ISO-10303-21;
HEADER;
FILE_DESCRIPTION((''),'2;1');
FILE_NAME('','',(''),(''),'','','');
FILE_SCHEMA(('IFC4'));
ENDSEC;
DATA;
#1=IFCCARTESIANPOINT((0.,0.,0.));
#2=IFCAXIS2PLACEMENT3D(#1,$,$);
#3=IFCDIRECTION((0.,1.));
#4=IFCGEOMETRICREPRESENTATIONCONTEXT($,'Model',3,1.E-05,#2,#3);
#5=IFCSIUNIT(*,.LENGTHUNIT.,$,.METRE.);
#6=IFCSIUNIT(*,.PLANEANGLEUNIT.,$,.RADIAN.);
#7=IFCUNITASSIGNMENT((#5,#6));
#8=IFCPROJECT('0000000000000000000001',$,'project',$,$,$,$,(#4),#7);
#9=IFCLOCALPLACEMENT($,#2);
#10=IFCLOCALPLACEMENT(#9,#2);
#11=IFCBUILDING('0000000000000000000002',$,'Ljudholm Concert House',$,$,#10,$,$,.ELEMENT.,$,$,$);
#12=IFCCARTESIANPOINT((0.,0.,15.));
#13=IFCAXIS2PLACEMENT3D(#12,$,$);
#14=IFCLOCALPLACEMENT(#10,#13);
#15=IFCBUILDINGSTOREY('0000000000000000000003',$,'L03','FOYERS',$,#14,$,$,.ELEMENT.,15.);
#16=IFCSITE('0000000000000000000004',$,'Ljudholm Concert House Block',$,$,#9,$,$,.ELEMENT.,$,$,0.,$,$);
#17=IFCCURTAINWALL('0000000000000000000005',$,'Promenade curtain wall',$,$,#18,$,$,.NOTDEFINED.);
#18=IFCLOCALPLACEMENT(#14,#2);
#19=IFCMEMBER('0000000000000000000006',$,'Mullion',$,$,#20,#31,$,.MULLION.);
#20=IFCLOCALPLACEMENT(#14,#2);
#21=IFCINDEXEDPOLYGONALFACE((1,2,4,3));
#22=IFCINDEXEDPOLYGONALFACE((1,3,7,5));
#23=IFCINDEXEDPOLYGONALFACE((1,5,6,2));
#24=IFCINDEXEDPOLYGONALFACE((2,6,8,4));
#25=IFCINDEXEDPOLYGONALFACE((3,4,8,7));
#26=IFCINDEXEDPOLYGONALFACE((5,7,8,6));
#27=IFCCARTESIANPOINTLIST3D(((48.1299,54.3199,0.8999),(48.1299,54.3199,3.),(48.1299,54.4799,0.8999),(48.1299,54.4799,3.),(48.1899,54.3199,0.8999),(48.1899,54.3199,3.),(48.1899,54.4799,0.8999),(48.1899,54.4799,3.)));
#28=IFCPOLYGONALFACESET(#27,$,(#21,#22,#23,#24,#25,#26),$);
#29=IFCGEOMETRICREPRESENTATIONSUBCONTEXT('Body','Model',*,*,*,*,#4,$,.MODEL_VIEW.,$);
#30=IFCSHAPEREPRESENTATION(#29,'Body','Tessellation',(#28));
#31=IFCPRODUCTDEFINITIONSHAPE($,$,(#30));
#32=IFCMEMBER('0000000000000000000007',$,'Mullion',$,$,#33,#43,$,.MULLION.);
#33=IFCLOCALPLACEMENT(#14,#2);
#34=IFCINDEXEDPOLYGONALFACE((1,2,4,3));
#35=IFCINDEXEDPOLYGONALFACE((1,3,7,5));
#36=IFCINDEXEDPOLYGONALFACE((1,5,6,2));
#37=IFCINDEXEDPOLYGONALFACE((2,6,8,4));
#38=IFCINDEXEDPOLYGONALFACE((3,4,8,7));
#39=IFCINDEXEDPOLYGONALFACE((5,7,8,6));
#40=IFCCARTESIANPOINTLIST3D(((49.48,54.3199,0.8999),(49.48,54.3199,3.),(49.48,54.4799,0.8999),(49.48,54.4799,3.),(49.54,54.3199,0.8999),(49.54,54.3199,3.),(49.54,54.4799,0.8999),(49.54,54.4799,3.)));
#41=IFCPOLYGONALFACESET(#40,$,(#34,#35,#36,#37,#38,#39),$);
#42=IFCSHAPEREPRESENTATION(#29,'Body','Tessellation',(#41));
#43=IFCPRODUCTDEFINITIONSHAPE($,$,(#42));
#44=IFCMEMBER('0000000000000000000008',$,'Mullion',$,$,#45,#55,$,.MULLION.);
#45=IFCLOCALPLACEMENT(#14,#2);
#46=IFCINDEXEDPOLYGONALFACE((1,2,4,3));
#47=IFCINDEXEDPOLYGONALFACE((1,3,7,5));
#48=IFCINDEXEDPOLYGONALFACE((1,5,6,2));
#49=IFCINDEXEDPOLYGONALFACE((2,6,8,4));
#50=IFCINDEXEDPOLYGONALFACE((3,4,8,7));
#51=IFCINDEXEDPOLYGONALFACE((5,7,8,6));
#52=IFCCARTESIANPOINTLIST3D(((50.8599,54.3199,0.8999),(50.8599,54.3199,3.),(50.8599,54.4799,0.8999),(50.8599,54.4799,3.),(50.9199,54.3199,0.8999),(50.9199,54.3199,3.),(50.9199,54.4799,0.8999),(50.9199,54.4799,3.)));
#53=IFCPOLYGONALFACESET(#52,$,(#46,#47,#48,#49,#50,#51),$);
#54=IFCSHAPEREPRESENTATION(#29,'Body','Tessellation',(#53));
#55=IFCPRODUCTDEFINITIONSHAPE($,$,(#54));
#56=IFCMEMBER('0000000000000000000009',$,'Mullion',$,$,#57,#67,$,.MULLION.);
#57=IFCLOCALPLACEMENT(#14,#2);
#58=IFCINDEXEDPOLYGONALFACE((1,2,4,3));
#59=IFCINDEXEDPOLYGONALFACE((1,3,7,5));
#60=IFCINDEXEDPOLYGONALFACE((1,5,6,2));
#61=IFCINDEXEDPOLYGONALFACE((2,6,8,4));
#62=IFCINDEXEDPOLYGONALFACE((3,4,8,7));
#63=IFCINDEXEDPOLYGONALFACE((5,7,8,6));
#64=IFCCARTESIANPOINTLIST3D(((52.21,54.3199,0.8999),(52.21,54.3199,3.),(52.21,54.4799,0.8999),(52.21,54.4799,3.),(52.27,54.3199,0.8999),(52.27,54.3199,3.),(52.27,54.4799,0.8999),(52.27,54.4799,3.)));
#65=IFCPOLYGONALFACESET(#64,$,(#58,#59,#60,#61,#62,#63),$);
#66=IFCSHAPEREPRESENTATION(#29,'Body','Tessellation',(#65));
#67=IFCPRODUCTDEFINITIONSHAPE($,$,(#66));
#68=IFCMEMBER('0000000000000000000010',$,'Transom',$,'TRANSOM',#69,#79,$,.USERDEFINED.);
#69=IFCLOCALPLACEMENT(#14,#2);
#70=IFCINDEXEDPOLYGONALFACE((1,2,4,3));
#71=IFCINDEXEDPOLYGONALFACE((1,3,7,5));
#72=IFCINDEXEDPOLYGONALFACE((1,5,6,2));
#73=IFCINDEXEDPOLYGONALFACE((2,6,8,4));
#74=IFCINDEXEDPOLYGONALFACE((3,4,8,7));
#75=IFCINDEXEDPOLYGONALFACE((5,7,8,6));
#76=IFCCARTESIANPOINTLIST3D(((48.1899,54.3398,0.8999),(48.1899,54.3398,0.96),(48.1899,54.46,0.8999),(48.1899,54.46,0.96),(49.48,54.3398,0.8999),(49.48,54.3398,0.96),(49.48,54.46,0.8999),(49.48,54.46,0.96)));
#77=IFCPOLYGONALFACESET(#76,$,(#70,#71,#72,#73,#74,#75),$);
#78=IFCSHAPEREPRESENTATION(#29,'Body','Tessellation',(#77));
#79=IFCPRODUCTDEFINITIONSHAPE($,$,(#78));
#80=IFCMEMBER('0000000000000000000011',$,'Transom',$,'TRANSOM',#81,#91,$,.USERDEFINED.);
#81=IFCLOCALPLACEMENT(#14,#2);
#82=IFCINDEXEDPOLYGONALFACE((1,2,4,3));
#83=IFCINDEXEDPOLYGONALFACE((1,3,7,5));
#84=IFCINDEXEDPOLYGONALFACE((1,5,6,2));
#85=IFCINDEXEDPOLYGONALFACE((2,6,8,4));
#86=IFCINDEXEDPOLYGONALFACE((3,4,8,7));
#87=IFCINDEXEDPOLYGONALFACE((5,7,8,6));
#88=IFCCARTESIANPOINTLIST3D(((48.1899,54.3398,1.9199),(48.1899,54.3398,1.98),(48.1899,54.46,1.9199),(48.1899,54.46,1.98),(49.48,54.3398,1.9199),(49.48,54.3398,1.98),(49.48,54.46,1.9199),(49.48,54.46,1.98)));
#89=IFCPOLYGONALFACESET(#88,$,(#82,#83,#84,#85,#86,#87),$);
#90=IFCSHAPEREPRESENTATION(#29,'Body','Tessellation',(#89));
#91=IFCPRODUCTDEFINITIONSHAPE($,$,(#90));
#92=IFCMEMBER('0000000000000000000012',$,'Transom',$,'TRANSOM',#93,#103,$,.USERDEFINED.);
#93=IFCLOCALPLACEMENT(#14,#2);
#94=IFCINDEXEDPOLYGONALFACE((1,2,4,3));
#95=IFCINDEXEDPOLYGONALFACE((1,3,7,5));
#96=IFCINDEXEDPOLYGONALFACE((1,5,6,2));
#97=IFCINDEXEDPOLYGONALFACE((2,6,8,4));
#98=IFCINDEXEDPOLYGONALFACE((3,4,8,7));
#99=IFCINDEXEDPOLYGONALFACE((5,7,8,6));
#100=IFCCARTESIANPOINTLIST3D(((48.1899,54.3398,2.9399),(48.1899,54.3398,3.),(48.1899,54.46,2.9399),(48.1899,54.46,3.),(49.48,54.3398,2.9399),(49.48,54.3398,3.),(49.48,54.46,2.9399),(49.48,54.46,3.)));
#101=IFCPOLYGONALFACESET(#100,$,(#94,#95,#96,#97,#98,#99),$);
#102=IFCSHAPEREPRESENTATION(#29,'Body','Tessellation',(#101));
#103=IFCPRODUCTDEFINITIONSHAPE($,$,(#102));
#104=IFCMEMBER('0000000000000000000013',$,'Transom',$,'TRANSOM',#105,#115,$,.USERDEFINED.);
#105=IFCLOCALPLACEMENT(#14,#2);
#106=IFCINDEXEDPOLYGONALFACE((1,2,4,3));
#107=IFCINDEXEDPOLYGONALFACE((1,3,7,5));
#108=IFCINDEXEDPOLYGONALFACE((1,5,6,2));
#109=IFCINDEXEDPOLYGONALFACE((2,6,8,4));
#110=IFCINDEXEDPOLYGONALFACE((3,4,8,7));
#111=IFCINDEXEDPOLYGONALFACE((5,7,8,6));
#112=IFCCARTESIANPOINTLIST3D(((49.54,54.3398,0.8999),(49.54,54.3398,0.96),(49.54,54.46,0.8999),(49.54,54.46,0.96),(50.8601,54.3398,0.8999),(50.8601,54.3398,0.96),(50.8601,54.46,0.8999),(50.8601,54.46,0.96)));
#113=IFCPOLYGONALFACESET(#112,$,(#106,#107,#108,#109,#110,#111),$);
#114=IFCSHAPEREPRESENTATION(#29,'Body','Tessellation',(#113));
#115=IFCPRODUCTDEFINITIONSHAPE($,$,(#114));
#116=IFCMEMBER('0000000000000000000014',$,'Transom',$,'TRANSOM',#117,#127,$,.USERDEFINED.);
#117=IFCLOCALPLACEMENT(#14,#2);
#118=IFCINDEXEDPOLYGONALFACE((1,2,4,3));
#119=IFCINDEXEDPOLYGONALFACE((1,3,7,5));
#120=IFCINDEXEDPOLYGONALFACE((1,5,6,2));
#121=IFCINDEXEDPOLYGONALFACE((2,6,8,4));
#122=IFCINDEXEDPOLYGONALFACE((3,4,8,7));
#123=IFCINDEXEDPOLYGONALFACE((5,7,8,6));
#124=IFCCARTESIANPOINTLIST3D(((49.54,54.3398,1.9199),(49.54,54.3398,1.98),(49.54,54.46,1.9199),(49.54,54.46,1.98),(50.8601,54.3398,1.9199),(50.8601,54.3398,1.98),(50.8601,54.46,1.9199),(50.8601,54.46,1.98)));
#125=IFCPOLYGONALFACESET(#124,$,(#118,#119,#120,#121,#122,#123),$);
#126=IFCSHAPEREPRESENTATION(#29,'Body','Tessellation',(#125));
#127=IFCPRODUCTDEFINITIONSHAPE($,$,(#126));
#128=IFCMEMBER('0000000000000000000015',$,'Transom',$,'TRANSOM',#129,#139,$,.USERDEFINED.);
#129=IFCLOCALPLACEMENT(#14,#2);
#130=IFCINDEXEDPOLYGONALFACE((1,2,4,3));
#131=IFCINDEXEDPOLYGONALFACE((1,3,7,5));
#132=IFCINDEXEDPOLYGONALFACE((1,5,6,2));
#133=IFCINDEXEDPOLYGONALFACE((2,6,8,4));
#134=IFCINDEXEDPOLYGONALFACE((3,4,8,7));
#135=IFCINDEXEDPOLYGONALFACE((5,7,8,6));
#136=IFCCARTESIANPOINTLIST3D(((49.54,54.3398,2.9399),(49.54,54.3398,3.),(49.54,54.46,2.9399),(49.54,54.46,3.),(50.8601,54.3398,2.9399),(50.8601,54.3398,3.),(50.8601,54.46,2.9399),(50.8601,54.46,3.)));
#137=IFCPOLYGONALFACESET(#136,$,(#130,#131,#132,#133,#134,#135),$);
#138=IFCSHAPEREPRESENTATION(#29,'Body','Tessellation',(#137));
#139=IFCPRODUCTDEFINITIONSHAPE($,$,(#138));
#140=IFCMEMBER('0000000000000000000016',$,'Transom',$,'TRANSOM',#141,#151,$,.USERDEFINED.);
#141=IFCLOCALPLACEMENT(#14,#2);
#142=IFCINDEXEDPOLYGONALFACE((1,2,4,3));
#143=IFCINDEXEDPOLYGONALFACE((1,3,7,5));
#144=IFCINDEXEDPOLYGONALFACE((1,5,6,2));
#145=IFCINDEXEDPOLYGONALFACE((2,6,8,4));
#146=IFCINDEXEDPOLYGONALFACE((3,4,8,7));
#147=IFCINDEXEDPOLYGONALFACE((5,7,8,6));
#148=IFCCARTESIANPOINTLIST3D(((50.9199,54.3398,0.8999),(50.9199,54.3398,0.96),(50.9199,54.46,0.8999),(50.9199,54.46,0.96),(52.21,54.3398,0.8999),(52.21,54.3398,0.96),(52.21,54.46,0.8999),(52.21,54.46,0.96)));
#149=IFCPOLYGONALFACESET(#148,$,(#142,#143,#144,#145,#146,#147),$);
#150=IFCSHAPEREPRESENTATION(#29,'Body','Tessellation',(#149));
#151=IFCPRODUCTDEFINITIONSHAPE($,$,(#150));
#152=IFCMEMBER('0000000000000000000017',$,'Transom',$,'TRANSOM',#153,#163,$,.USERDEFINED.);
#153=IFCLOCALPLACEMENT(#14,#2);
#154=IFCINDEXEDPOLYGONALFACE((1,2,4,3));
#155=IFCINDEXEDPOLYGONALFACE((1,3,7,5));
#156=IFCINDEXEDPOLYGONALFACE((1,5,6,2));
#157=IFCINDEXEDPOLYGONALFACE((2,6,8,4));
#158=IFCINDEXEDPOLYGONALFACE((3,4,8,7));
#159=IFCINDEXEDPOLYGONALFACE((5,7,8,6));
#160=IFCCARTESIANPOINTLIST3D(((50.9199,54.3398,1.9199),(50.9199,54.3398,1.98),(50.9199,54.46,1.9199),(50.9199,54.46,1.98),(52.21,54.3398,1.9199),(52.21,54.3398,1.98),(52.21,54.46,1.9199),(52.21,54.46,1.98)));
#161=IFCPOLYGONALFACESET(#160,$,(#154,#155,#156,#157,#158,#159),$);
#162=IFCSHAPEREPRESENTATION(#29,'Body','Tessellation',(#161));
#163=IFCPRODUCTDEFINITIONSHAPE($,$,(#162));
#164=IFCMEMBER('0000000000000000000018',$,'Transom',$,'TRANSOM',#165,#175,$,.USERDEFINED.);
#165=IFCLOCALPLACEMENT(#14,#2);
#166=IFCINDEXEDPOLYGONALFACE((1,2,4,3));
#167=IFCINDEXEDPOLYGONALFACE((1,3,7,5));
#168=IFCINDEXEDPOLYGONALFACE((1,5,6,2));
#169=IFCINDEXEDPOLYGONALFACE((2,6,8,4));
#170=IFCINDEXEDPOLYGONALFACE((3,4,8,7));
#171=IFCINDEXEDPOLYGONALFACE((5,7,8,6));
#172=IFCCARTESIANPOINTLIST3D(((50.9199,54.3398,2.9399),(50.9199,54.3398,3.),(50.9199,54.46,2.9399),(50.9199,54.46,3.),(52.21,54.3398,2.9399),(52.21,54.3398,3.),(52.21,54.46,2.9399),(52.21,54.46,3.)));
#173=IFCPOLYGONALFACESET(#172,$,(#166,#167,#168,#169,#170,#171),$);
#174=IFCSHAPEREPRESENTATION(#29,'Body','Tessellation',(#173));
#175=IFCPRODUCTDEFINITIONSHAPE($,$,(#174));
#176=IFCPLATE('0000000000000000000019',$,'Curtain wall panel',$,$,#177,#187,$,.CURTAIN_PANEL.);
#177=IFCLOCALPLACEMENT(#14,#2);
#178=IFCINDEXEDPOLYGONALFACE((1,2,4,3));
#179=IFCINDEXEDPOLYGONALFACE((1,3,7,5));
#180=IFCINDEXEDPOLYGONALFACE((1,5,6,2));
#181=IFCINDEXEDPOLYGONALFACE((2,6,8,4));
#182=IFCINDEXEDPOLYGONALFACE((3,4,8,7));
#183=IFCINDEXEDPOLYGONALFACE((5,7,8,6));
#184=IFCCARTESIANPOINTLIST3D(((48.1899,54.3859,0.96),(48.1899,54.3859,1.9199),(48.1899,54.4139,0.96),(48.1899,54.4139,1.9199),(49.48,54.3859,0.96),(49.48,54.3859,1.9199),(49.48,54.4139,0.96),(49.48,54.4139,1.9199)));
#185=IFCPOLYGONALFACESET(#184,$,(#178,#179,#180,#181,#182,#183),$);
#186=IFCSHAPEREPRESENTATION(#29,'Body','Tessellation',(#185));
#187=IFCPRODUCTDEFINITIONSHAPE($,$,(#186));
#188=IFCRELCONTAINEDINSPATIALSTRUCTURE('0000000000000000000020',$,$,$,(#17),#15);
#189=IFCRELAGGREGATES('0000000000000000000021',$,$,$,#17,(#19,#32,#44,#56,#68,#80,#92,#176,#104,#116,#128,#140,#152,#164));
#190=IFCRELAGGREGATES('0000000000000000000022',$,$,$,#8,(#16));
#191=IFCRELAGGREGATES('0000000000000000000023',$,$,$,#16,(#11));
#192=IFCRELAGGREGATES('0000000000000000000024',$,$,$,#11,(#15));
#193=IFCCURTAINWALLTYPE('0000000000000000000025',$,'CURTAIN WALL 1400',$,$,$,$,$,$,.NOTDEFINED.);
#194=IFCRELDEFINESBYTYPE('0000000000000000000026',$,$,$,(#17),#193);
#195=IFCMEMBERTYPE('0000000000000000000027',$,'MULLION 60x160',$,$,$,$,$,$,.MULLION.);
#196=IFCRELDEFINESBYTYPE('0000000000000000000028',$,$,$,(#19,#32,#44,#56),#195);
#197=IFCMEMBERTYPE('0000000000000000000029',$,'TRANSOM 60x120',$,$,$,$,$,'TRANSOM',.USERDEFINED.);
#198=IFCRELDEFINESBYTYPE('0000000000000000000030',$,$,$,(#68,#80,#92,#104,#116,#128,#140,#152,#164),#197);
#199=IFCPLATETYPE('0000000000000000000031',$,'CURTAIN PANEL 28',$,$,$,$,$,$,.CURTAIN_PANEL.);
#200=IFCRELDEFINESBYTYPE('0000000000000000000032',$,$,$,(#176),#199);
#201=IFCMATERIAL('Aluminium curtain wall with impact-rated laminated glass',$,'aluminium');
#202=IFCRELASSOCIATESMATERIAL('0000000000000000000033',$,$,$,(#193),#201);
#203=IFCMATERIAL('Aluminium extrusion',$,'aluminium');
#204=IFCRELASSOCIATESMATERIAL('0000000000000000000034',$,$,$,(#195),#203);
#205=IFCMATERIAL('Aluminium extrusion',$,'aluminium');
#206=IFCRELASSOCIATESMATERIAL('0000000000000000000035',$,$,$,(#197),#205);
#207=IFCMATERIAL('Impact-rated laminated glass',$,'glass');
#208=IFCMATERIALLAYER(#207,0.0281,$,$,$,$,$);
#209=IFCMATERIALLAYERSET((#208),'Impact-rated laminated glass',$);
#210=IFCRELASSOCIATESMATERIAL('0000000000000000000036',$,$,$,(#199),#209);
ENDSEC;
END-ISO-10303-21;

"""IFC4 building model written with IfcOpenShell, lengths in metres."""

from ifc_helpers import new_model, si_unit, direction, frame, origin, origin_2d, place, context, subcontext, project, spatial, rectangle, extrude, material, layer, layer_set, material_profile, profile_set, type_object, element, aggregate, save


model = new_model("IFC4")

# Units and contexts
model_context = context("Model", 3, precision=1e-05, world=origin(), true_north=direction((0.0, 1.0)))
body_context = subcontext(model_context, "Body", "Model", "MODEL_VIEW")
ifc_project = project(units=[si_unit("LENGTHUNIT", "METRE"), si_unit("PLANEANGLEUNIT", "RADIAN")], contexts=[model_context])

# Site, building, storey
site_placement = place(None, origin())
site = spatial("IfcSite", under=ifc_project, at=site_placement, Name="Ljudholm Concert House Block", CompositionType="ELEMENT", RefElevation=0.0)
building_placement = place(site_placement, origin())
building = spatial("IfcBuilding", under=site, at=building_placement, Name="Ljudholm Concert House", CompositionType="ELEMENT")
storey_placement = place(building_placement, frame((0.0, 0.0, 15.0)))
storey = spatial("IfcBuildingStorey", under=building, at=storey_placement, Name="L03", Description="FOYERS", CompositionType="ELEMENT", Elevation=15.0)

# Curtain wall, members, plate
ifc_material_1 = material(Name="Aluminium curtain wall with impact-rated laminated glass", Category="aluminium")
curtain_wall_type = type_object("IfcCurtainWallType", Name="CURTAIN WALL 1400", PredefinedType="NOTDEFINED", material=ifc_material_1)
curtain_wall_placement = place(storey_placement, origin())
curtain_wall = element("IfcCurtainWall", 1, at=curtain_wall_placement, inside=storey, type_object=curtain_wall_type, Name="Promenade curtain wall", PredefinedType="NOTDEFINED")
ifc_material_2 = material(Name="Aluminium extrusion", Category="aluminium")
ifc_material_profile_1 = material_profile(ifc_material_2, rectangle(XDim=0.1599, YDim=0.0601, at=origin_2d()), Name="MULLION 60x160")
ifc_profile_set_1 = profile_set([ifc_material_profile_1], Name="Aluminium extrusion")
member_type_1 = type_object("IfcMemberType", Name="MULLION 60x160", PredefinedType="MULLION", material=ifc_profile_set_1)
member_1_placement = place(storey_placement, frame((48.1599, 54.3999, 0.8999), z_axis=(0.0, 0.0, 1.0), x_axis=(0.0, 1.0, 0.0)))
member_1 = element("IfcMember", 2, at=member_1_placement, type_object=member_type_1, Name="Mullion", PredefinedType="MULLION", context=body_context, shape_type="SweptSolid", body=[
    extrude(rectangle(XDim=0.1599, YDim=0.0601, at=origin_2d()), origin(), (0.0, 0.0, 1.0), 2.1001),
])
member_2_placement = place(storey_placement, frame((49.51, 54.3999, 0.8999), z_axis=(0.0, 0.0, 1.0), x_axis=(0.0, 1.0, 0.0)))
member_2 = element("IfcMember", 3, at=member_2_placement, type_object=member_type_1, Name="Mullion", PredefinedType="MULLION", context=body_context, shape_type="SweptSolid", body=[
    extrude(rectangle(XDim=0.1599, YDim=0.0601, at=origin_2d()), origin(), (0.0, 0.0, 1.0), 2.1001),
])
member_3_placement = place(storey_placement, frame((50.8899, 54.3999, 0.8999), z_axis=(0.0, 0.0, 1.0), x_axis=(0.0, 1.0, 0.0)))
member_3 = element("IfcMember", 4, at=member_3_placement, type_object=member_type_1, Name="Mullion", PredefinedType="MULLION", context=body_context, shape_type="SweptSolid", body=[
    extrude(rectangle(XDim=0.1599, YDim=0.0601, at=origin_2d()), origin(), (0.0, 0.0, 1.0), 2.1001),
])
member_4_placement = place(storey_placement, frame((52.24, 54.3999, 0.8999), z_axis=(0.0, 0.0, 1.0), x_axis=(0.0, 1.0, 0.0)))
member_4 = element("IfcMember", 5, at=member_4_placement, type_object=member_type_1, Name="Mullion", PredefinedType="MULLION", context=body_context, shape_type="SweptSolid", body=[
    extrude(rectangle(XDim=0.1599, YDim=0.0601, at=origin_2d()), origin(), (0.0, 0.0, 1.0), 2.1001),
])
ifc_material_3 = material(Name="Aluminium extrusion", Category="aluminium")
ifc_material_profile_2 = material_profile(ifc_material_3, rectangle(XDim=0.1201, YDim=0.0601, at=origin_2d()), Name="TRANSOM 60x120")
ifc_profile_set_2 = profile_set([ifc_material_profile_2], Name="Aluminium extrusion")
member_type_2 = type_object("IfcMemberType", Name="TRANSOM 60x120", ElementType="TRANSOM", PredefinedType="USERDEFINED", material=ifc_profile_set_2)
member_5_placement = place(storey_placement, frame((48.1899, 54.3999, 0.9299), z_axis=(1.0, 0.0, 0.0), x_axis=(0.0, 1.0, 0.0)))
member_5 = element("IfcMember", 6, at=member_5_placement, type_object=member_type_2, Name="Transom", ObjectType="TRANSOM", PredefinedType="USERDEFINED", context=body_context, shape_type="SweptSolid", body=[
    extrude(rectangle(XDim=0.1201, YDim=0.0601, at=origin_2d()), origin(), (0.0, 0.0, 1.0), 1.29),
])
member_6_placement = place(storey_placement, frame((48.1899, 54.3999, 1.95), z_axis=(1.0, 0.0, 0.0), x_axis=(0.0, 1.0, 0.0)))
member_6 = element("IfcMember", 7, at=member_6_placement, type_object=member_type_2, Name="Transom", ObjectType="TRANSOM", PredefinedType="USERDEFINED", context=body_context, shape_type="SweptSolid", body=[
    extrude(rectangle(XDim=0.1201, YDim=0.0601, at=origin_2d()), origin(), (0.0, 0.0, 1.0), 1.29),
])
member_7_placement = place(storey_placement, frame((48.1899, 54.3999, 2.97), z_axis=(1.0, 0.0, 0.0), x_axis=(0.0, 1.0, 0.0)))
member_7 = element("IfcMember", 8, at=member_7_placement, type_object=member_type_2, Name="Transom", ObjectType="TRANSOM", PredefinedType="USERDEFINED", context=body_context, shape_type="SweptSolid", body=[
    extrude(rectangle(XDim=0.1201, YDim=0.0601, at=origin_2d()), origin(), (0.0, 0.0, 1.0), 1.29),
])
member_8_placement = place(storey_placement, frame((49.54, 54.3999, 0.9299), z_axis=(1.0, 0.0, 0.0), x_axis=(0.0, 1.0, 0.0)))
member_8 = element("IfcMember", 9, at=member_8_placement, type_object=member_type_2, Name="Transom", ObjectType="TRANSOM", PredefinedType="USERDEFINED", context=body_context, shape_type="SweptSolid", body=[
    extrude(rectangle(XDim=0.1201, YDim=0.0601, at=origin_2d()), origin(), (0.0, 0.0, 1.0), 1.3201),
])
member_9_placement = place(storey_placement, frame((49.54, 54.3999, 1.95), z_axis=(1.0, 0.0, 0.0), x_axis=(0.0, 1.0, 0.0)))
member_9 = element("IfcMember", 10, at=member_9_placement, type_object=member_type_2, Name="Transom", ObjectType="TRANSOM", PredefinedType="USERDEFINED", context=body_context, shape_type="SweptSolid", body=[
    extrude(rectangle(XDim=0.1201, YDim=0.0601, at=origin_2d()), origin(), (0.0, 0.0, 1.0), 1.3201),
])
member_10_placement = place(storey_placement, frame((49.54, 54.3999, 2.97), z_axis=(1.0, 0.0, 0.0), x_axis=(0.0, 1.0, 0.0)))
member_10 = element("IfcMember", 11, at=member_10_placement, type_object=member_type_2, Name="Transom", ObjectType="TRANSOM", PredefinedType="USERDEFINED", context=body_context, shape_type="SweptSolid", body=[
    extrude(rectangle(XDim=0.1201, YDim=0.0601, at=origin_2d()), origin(), (0.0, 0.0, 1.0), 1.3201),
])
member_11_placement = place(storey_placement, frame((50.9199, 54.3999, 0.9299), z_axis=(1.0, 0.0, 0.0), x_axis=(0.0, 1.0, 0.0)))
member_11 = element("IfcMember", 12, at=member_11_placement, type_object=member_type_2, Name="Transom", ObjectType="TRANSOM", PredefinedType="USERDEFINED", context=body_context, shape_type="SweptSolid", body=[
    extrude(rectangle(XDim=0.1201, YDim=0.0601, at=origin_2d()), origin(), (0.0, 0.0, 1.0), 1.29),
])
member_12_placement = place(storey_placement, frame((50.9199, 54.3999, 1.95), z_axis=(1.0, 0.0, 0.0), x_axis=(0.0, 1.0, 0.0)))
member_12 = element("IfcMember", 13, at=member_12_placement, type_object=member_type_2, Name="Transom", ObjectType="TRANSOM", PredefinedType="USERDEFINED", context=body_context, shape_type="SweptSolid", body=[
    extrude(rectangle(XDim=0.1201, YDim=0.0601, at=origin_2d()), origin(), (0.0, 0.0, 1.0), 1.29),
])
member_13_placement = place(storey_placement, frame((50.9199, 54.3999, 2.97), z_axis=(1.0, 0.0, 0.0), x_axis=(0.0, 1.0, 0.0)))
member_13 = element("IfcMember", 14, at=member_13_placement, type_object=member_type_2, Name="Transom", ObjectType="TRANSOM", PredefinedType="USERDEFINED", context=body_context, shape_type="SweptSolid", body=[
    extrude(rectangle(XDim=0.1201, YDim=0.0601, at=origin_2d()), origin(), (0.0, 0.0, 1.0), 1.29),
])
ifc_material_4 = material(Name="Impact-rated laminated glass", Category="glass")
ifc_layer_1 = layer(ifc_material_4, 0.0281)
ifc_layer_set_1 = layer_set([ifc_layer_1], Name="Impact-rated laminated glass")
plate_type = type_object("IfcPlateType", Name="CURTAIN PANEL 28", PredefinedType="CURTAIN_PANEL", material=ifc_layer_set_1)
plate_1_placement = place(storey_placement, frame((48.835, 54.3999, 0.96), z_axis=(0.0, 0.0, 1.0), x_axis=(1.0, 0.0, 0.0)))
plate_1 = element("IfcPlate", 15, at=plate_1_placement, type_object=plate_type, Name="Curtain wall panel", PredefinedType="CURTAIN_PANEL", context=body_context, shape_type="SweptSolid", body=[
    extrude(rectangle(XDim=1.29, YDim=0.0281, at=origin_2d()), origin(), (0.0, 0.0, 1.0), 0.96),
])
aggregate(curtain_wall, [member_1, member_2, member_3, member_4, member_5, member_6, member_7, plate_1, member_8, member_9, member_10, member_11, member_12, member_13])

save(model, "model.ifc")
